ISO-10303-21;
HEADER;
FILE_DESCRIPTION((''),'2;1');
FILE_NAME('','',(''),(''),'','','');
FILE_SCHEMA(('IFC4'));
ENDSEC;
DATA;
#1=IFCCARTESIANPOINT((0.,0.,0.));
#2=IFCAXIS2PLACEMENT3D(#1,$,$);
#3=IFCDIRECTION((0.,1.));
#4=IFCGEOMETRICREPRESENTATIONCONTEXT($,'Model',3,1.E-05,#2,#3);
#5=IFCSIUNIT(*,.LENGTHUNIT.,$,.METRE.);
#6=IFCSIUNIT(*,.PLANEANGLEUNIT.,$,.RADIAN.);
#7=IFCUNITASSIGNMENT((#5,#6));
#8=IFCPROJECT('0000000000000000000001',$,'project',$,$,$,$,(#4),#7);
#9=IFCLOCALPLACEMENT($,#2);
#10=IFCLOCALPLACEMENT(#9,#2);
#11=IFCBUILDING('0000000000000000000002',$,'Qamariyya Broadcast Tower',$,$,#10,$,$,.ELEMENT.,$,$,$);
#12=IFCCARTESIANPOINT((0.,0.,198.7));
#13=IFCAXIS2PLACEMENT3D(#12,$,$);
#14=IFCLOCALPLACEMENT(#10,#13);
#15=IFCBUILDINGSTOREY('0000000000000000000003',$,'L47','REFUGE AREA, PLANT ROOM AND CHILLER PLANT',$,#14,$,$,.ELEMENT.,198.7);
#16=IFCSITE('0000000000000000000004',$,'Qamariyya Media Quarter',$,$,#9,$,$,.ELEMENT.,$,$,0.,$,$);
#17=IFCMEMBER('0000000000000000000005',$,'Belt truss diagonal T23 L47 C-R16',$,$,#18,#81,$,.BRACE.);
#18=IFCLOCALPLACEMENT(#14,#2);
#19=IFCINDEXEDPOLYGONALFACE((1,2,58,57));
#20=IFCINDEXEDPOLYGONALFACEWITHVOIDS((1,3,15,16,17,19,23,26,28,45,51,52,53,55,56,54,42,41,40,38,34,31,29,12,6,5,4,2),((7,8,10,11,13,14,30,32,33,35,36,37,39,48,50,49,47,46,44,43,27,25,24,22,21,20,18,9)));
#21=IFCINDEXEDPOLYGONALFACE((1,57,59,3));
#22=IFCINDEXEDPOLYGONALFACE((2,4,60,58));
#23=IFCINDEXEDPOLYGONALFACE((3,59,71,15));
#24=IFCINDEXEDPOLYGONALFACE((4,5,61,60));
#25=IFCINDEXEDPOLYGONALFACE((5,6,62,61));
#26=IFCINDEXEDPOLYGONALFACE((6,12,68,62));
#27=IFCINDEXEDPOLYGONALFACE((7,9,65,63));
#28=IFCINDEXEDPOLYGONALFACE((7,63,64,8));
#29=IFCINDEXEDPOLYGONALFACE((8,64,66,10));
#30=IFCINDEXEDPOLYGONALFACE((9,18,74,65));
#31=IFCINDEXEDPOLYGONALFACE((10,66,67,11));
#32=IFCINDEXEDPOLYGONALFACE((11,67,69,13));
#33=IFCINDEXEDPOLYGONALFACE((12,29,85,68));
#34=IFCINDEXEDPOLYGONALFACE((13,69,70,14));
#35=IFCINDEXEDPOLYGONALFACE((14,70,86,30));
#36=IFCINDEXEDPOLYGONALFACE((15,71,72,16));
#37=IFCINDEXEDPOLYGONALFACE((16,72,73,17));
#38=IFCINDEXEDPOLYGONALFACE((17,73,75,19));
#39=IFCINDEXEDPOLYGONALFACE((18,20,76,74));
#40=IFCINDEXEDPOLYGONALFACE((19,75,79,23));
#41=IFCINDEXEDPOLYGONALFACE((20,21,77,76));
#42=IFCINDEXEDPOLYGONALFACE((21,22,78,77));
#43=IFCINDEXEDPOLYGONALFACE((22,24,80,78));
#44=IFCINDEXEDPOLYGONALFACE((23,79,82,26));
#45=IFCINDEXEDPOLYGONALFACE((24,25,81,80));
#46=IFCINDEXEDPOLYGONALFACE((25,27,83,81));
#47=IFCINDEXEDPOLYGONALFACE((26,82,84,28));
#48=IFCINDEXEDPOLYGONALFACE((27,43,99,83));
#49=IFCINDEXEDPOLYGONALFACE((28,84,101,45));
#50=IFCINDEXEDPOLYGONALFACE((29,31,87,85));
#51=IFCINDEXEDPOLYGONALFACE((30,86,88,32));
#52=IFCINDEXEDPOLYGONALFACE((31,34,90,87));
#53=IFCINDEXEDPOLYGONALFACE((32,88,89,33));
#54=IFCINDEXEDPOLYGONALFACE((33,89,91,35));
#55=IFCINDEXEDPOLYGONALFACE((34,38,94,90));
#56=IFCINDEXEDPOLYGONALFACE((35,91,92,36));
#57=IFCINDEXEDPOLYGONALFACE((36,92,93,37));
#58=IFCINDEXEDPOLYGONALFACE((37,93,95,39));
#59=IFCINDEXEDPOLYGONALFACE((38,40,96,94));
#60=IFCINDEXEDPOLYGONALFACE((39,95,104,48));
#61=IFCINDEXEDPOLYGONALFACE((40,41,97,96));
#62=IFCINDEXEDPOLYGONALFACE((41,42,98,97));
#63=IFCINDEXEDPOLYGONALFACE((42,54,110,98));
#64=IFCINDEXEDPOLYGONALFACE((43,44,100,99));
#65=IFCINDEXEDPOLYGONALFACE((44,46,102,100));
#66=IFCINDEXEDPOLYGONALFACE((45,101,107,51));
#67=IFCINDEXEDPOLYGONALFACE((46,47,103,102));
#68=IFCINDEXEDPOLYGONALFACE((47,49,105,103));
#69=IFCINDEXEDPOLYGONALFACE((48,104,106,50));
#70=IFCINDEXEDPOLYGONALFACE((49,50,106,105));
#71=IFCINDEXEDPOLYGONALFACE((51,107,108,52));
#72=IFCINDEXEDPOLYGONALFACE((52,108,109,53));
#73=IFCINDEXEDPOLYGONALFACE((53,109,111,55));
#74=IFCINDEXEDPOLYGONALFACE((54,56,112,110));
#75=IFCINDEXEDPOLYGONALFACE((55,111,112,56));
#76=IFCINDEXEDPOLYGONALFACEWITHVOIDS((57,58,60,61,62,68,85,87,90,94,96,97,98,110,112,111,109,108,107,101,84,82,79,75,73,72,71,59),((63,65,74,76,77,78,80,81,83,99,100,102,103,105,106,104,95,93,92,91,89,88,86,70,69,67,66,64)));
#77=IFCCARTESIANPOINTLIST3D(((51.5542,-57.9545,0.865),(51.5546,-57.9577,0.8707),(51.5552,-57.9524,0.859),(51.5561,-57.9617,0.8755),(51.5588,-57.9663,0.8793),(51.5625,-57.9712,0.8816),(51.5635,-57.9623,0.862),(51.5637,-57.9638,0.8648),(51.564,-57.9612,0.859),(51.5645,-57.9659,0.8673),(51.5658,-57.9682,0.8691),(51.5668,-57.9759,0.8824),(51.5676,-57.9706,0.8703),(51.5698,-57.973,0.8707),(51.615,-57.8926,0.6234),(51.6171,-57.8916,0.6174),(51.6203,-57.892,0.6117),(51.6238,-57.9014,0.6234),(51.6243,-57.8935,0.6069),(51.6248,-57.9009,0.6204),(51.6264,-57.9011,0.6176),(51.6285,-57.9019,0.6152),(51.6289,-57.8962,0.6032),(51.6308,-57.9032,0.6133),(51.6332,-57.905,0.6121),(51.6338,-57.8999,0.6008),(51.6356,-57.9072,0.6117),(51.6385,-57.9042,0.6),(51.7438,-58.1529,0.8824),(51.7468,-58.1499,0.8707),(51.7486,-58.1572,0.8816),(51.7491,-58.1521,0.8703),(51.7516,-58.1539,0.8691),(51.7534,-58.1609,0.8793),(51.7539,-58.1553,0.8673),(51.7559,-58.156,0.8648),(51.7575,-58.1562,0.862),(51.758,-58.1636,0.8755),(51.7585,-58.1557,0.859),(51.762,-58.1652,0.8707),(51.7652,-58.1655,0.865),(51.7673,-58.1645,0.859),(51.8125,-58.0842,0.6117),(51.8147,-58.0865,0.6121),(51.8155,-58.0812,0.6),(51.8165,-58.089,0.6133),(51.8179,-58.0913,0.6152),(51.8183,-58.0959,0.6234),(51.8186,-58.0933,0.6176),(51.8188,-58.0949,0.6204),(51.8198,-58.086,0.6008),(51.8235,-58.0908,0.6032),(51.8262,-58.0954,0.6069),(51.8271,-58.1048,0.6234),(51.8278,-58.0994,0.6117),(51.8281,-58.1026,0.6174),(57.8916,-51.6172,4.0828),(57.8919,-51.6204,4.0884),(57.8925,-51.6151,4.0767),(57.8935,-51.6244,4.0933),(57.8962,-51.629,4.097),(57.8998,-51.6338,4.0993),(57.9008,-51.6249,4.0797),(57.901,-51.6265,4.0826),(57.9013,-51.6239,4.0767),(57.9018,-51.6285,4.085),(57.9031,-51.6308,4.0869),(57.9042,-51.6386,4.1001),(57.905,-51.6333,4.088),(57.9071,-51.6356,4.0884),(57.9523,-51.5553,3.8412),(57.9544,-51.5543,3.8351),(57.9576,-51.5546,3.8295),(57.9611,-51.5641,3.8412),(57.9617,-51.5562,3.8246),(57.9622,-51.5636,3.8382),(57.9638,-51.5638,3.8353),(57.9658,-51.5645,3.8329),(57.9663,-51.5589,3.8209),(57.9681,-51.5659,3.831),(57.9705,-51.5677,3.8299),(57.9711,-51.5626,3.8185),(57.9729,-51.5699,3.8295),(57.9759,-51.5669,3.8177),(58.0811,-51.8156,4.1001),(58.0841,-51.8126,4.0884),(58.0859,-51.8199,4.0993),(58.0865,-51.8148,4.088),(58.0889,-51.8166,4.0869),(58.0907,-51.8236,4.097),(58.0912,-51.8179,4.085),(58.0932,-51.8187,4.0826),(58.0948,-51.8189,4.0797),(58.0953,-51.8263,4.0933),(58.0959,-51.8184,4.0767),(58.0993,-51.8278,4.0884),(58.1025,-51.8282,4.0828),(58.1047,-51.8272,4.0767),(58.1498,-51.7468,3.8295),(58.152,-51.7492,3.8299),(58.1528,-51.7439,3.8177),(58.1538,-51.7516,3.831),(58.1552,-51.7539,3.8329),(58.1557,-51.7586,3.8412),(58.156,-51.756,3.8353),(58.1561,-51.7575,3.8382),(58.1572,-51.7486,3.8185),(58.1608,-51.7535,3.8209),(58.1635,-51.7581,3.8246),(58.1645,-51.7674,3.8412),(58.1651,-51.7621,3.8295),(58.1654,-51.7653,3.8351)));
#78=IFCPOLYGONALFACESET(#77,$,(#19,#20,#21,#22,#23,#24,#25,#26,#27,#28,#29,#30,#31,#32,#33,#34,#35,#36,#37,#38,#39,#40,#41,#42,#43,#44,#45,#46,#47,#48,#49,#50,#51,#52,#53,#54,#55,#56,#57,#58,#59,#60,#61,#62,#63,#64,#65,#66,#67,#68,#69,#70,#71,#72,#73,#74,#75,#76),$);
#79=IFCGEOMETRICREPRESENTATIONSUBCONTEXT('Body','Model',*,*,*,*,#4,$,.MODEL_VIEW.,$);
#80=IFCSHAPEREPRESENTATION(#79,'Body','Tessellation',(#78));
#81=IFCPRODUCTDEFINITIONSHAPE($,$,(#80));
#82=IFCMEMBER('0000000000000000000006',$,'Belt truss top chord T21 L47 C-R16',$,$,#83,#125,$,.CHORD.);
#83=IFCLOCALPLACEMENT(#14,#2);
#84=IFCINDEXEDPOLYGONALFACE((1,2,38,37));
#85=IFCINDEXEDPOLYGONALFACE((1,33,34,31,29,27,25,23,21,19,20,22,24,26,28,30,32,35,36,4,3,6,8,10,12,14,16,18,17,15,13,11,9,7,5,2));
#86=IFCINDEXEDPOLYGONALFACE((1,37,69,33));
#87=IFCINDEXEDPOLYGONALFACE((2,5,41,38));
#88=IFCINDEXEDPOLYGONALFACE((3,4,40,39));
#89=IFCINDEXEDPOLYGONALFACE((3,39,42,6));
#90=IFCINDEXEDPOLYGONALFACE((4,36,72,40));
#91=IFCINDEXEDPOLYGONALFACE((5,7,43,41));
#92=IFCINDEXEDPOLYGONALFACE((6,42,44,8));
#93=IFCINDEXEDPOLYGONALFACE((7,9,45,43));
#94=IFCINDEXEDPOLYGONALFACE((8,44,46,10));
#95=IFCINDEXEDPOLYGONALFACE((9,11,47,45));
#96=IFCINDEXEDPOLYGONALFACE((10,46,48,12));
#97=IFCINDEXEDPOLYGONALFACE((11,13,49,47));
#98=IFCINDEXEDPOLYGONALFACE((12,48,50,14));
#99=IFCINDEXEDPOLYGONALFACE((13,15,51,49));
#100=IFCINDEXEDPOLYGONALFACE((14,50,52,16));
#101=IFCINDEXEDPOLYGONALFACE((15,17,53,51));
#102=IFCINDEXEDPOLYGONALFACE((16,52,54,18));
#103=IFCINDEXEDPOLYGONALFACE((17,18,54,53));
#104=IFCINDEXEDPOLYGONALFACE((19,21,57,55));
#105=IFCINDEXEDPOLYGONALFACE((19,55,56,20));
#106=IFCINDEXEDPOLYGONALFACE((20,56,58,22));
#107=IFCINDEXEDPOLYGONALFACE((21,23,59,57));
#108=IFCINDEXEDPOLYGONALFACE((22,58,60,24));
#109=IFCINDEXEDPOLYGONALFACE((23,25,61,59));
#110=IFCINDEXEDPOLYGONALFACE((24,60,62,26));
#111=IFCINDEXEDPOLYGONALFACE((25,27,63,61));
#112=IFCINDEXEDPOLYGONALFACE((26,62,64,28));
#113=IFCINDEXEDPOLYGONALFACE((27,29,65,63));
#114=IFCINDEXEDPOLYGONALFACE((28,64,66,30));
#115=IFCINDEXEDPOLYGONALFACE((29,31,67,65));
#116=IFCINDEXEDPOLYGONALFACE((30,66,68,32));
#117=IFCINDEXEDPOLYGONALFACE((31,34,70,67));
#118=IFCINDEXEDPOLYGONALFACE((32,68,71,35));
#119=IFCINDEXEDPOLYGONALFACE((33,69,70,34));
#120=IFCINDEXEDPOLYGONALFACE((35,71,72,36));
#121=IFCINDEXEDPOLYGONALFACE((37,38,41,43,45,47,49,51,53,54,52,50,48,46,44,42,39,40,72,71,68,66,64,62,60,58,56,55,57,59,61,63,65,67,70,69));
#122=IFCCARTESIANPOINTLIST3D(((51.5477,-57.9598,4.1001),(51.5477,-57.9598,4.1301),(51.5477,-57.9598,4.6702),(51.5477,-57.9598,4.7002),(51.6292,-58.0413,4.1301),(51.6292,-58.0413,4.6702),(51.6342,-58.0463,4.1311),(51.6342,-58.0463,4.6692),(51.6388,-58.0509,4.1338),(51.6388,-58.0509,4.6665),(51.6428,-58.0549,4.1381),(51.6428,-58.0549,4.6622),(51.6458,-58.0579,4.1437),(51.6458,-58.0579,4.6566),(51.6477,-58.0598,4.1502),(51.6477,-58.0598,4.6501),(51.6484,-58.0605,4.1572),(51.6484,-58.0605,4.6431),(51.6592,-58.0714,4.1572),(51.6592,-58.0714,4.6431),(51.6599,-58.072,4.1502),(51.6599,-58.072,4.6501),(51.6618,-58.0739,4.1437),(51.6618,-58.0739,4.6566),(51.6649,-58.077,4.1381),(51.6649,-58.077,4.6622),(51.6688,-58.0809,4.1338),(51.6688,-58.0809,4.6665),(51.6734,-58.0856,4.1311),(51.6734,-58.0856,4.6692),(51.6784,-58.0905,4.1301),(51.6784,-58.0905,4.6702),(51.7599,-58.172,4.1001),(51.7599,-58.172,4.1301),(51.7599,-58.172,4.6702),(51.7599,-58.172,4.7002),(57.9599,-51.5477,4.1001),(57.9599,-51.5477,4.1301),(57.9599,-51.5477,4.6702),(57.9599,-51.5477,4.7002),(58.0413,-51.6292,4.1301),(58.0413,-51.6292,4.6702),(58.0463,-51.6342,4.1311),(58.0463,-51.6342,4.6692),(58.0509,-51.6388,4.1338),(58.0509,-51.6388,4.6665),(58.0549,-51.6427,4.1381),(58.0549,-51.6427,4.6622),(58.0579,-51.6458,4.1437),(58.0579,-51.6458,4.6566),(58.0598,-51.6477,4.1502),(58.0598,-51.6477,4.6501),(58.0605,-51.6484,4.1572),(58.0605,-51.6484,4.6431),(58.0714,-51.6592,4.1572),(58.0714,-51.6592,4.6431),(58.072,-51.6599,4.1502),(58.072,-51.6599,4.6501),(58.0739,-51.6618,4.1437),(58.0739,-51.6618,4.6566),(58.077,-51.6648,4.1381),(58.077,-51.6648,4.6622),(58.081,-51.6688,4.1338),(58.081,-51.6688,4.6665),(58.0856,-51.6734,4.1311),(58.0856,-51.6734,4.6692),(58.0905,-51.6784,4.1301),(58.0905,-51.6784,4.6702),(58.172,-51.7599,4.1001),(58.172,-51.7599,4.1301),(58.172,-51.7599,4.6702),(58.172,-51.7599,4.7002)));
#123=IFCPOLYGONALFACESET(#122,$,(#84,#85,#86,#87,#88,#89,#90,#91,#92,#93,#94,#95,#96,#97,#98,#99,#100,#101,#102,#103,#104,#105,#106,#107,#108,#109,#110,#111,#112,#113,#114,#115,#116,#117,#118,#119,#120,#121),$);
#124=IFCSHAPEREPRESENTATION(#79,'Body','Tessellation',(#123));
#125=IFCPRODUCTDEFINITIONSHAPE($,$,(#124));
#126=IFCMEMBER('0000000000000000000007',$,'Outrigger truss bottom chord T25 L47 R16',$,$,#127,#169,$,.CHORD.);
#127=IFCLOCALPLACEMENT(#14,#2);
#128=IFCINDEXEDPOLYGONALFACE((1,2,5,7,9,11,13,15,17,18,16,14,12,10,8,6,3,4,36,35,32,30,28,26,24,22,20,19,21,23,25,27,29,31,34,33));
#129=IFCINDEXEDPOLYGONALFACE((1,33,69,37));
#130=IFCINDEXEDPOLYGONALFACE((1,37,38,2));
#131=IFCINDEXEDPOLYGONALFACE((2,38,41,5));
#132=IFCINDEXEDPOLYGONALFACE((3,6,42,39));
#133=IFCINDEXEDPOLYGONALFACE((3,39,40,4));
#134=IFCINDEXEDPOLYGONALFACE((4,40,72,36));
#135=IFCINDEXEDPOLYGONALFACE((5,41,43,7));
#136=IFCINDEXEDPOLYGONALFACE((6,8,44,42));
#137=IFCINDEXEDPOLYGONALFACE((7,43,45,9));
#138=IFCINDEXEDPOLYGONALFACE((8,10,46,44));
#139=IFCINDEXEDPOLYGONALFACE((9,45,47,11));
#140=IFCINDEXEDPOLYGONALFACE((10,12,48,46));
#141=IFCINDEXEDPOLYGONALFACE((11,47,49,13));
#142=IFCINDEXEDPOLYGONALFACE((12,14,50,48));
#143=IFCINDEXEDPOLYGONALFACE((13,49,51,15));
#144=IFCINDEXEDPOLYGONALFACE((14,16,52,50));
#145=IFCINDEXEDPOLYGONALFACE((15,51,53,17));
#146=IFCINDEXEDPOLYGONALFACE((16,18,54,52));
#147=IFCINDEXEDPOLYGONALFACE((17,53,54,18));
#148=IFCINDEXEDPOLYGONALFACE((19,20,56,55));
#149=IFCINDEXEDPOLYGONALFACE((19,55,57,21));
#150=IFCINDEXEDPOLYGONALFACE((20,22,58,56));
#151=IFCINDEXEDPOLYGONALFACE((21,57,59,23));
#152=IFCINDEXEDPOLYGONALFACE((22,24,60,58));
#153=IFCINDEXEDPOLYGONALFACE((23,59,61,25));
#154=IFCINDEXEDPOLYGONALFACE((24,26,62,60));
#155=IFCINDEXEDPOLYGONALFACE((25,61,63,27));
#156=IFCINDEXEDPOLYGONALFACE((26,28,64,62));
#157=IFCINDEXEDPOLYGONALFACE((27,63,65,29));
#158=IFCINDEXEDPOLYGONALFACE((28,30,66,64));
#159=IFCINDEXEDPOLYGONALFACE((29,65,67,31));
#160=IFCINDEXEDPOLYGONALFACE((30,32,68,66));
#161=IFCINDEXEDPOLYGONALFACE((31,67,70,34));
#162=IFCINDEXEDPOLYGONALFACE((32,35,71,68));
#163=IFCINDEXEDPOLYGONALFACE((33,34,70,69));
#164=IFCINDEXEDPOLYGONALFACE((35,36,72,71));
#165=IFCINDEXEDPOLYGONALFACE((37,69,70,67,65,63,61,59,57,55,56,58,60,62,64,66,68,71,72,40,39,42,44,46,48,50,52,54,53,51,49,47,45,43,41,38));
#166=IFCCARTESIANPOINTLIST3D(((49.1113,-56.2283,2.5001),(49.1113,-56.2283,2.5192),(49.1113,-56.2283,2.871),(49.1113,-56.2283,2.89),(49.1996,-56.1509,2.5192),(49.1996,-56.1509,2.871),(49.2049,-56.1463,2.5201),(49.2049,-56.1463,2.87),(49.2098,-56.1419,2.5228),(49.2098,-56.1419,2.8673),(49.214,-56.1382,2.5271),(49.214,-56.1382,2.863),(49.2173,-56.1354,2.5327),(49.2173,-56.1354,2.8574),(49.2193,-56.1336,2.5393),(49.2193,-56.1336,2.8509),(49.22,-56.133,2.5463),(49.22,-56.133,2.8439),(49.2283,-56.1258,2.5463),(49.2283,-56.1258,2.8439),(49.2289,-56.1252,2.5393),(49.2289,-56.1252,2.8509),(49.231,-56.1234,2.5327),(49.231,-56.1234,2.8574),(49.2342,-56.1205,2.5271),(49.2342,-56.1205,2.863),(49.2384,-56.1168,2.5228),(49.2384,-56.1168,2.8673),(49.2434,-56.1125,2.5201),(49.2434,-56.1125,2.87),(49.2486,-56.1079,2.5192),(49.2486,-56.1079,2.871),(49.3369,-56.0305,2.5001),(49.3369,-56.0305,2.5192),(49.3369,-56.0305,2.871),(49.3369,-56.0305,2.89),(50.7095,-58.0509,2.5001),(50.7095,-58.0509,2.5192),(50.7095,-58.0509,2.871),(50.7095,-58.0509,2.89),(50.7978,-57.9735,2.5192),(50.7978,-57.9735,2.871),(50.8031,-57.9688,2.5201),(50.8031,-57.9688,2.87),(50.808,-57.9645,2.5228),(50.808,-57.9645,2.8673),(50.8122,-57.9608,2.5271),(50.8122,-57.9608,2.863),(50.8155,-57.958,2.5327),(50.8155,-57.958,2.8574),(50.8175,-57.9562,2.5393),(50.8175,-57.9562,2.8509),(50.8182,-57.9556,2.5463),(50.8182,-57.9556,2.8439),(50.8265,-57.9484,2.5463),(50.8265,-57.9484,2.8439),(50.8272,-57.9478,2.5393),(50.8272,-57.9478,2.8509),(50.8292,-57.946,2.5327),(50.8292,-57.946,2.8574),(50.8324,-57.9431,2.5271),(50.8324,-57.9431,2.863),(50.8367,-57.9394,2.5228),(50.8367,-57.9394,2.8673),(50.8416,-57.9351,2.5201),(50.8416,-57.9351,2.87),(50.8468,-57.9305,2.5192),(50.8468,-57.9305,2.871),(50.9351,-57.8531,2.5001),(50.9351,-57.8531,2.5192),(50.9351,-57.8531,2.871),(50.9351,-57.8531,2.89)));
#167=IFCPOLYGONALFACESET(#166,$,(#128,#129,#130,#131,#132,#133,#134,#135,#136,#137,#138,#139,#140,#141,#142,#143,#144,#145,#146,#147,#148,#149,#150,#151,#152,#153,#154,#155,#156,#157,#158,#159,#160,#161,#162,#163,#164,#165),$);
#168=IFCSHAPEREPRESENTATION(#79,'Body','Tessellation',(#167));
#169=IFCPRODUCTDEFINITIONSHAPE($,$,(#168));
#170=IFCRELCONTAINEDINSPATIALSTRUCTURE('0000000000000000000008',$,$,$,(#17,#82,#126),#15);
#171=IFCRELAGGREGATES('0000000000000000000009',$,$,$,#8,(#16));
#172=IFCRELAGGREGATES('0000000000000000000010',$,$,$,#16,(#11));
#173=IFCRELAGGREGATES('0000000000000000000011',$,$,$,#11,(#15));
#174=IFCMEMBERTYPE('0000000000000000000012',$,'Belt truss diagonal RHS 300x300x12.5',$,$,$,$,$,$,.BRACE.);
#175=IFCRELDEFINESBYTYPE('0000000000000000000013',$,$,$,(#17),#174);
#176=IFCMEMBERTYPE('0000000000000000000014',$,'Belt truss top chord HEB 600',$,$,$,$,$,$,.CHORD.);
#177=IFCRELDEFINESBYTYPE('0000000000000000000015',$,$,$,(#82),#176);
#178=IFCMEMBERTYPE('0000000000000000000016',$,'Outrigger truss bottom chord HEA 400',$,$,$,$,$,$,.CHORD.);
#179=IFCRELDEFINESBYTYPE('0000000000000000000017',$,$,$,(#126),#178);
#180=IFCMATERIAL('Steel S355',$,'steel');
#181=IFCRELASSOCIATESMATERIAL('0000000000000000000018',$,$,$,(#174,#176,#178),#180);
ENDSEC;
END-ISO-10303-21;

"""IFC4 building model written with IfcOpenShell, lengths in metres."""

from ifc_helpers import new_model, si_unit, direction, frame, origin, origin_2d, place, context, subcontext, project, spatial, hollow_rectangle, i_section, extrude, material, material_profile, profile_set, type_object, element, save


model = new_model("IFC4")

# Units and contexts
model_context = context("Model", 3, precision=1e-05, world=origin(), true_north=direction((0.0, 1.0)))
body_context = subcontext(model_context, "Body", "Model", "MODEL_VIEW")
ifc_project = project(units=[si_unit("LENGTHUNIT", "METRE"), si_unit("PLANEANGLEUNIT", "RADIAN")], contexts=[model_context])

# Site, building, storey
site_placement = place(None, origin())
site = spatial("IfcSite", under=ifc_project, at=site_placement, Name="Qamariyya Media Quarter", CompositionType="ELEMENT", RefElevation=0.0)
building_placement = place(site_placement, origin())
building = spatial("IfcBuilding", under=site, at=building_placement, Name="Qamariyya Broadcast Tower", CompositionType="ELEMENT")
storey_placement = place(building_placement, frame((0.0, 0.0, 198.7)))
storey = spatial("IfcBuildingStorey", under=building, at=storey_placement, Name="L47", Description="REFUGE AREA, PLANT ROOM AND CHILLER PLANT", CompositionType="ELEMENT", Elevation=198.7)

# Members
ifc_material_1 = material(Name="Steel S355", Category="steel")
ifc_material_profile_1 = material_profile(ifc_material_1, hollow_rectangle(XDim=0.3, YDim=0.3, WallThickness=0.0125, InnerFilletRadius=0.0125, OuterFilletRadius=0.0249, at=origin_2d()))
ifc_profile_set_1 = profile_set([ifc_material_profile_1], Name="Steel S355")
member_type_1 = type_object("IfcMemberType", Name="Belt truss diagonal RHS 300x300x12.5", PredefinedType="BRACE", material=ifc_profile_set_1)
member_1_placement = place(storey_placement, frame((51.6912, -58.0286, 0.7412), z_axis=(0.665514, 0.665514, 0.33791), x_axis=(-0.707107, 0.707107, 0.0)))
element("IfcMember", 1, at=member_1_placement, inside=storey, type_object=member_type_1, Name="Belt truss diagonal T23 L47 C-R16", PredefinedType="BRACE", context=body_context, shape_type="SweptSolid", body=[
    extrude(hollow_rectangle(XDim=0.3, YDim=0.3, WallThickness=0.0125, InnerFilletRadius=0.0125, OuterFilletRadius=0.0249, at=origin_2d()), origin(), (0.0, 0.0, 1.0), 9.5225),
])
ifc_material_profile_2 = material_profile(ifc_material_1, i_section(OverallWidth=0.3, OverallDepth=0.6001, WebThickness=0.0154, FlangeThickness=0.03, FilletRadius=0.0271, at=origin_2d()))
ifc_profile_set_2 = profile_set([ifc_material_profile_2], Name="Steel S355")
member_type_2 = type_object("IfcMemberType", Name="Belt truss top chord HEB 600", PredefinedType="CHORD", material=ifc_profile_set_2)
member_2_placement = place(storey_placement, frame((51.6538, -58.0659, 4.4001), z_axis=(0.707107, 0.707107, 0.0), x_axis=(-0.707107, 0.707107, 0.0)))
element("IfcMember", 2, at=member_2_placement, inside=storey, type_object=member_type_2, Name="Belt truss top chord T21 L47 C-R16", PredefinedType="CHORD", context=body_context, shape_type="SweptSolid", body=[
    extrude(i_section(OverallWidth=0.3, OverallDepth=0.6001, WebThickness=0.0154, FlangeThickness=0.03, FilletRadius=0.0271, at=origin_2d()), origin(), (0.0, 0.0, 1.0), 9.0681),
])
ifc_material_profile_3 = material_profile(ifc_material_1, i_section(OverallWidth=0.3, OverallDepth=0.3899, WebThickness=0.011, FlangeThickness=0.019, FilletRadius=0.0271, at=origin_2d()))
ifc_profile_set_3 = profile_set([ifc_material_profile_3], Name="Steel S355")
member_type_3 = type_object("IfcMemberType", Name="Outrigger truss bottom chord HEA 400", PredefinedType="CHORD", material=ifc_profile_set_3)
member_3_placement = place(storey_placement, frame((49.2241, -56.1294, 2.6951), z_axis=(0.65931, -0.751871, 0.0), x_axis=(0.751871, 0.65931, 0.0)))
element("IfcMember", 3, at=member_3_placement, inside=storey, type_object=member_type_3, Name="Outrigger truss bottom chord T25 L47 R16", PredefinedType="CHORD", context=body_context, shape_type="SweptSolid", body=[
    extrude(i_section(OverallWidth=0.3, OverallDepth=0.3899, WebThickness=0.011, FlangeThickness=0.019, FilletRadius=0.0271, at=origin_2d()), origin(), (0.0, 0.0, 1.0), 2.4241),
])

save(model, "model.ifc")
